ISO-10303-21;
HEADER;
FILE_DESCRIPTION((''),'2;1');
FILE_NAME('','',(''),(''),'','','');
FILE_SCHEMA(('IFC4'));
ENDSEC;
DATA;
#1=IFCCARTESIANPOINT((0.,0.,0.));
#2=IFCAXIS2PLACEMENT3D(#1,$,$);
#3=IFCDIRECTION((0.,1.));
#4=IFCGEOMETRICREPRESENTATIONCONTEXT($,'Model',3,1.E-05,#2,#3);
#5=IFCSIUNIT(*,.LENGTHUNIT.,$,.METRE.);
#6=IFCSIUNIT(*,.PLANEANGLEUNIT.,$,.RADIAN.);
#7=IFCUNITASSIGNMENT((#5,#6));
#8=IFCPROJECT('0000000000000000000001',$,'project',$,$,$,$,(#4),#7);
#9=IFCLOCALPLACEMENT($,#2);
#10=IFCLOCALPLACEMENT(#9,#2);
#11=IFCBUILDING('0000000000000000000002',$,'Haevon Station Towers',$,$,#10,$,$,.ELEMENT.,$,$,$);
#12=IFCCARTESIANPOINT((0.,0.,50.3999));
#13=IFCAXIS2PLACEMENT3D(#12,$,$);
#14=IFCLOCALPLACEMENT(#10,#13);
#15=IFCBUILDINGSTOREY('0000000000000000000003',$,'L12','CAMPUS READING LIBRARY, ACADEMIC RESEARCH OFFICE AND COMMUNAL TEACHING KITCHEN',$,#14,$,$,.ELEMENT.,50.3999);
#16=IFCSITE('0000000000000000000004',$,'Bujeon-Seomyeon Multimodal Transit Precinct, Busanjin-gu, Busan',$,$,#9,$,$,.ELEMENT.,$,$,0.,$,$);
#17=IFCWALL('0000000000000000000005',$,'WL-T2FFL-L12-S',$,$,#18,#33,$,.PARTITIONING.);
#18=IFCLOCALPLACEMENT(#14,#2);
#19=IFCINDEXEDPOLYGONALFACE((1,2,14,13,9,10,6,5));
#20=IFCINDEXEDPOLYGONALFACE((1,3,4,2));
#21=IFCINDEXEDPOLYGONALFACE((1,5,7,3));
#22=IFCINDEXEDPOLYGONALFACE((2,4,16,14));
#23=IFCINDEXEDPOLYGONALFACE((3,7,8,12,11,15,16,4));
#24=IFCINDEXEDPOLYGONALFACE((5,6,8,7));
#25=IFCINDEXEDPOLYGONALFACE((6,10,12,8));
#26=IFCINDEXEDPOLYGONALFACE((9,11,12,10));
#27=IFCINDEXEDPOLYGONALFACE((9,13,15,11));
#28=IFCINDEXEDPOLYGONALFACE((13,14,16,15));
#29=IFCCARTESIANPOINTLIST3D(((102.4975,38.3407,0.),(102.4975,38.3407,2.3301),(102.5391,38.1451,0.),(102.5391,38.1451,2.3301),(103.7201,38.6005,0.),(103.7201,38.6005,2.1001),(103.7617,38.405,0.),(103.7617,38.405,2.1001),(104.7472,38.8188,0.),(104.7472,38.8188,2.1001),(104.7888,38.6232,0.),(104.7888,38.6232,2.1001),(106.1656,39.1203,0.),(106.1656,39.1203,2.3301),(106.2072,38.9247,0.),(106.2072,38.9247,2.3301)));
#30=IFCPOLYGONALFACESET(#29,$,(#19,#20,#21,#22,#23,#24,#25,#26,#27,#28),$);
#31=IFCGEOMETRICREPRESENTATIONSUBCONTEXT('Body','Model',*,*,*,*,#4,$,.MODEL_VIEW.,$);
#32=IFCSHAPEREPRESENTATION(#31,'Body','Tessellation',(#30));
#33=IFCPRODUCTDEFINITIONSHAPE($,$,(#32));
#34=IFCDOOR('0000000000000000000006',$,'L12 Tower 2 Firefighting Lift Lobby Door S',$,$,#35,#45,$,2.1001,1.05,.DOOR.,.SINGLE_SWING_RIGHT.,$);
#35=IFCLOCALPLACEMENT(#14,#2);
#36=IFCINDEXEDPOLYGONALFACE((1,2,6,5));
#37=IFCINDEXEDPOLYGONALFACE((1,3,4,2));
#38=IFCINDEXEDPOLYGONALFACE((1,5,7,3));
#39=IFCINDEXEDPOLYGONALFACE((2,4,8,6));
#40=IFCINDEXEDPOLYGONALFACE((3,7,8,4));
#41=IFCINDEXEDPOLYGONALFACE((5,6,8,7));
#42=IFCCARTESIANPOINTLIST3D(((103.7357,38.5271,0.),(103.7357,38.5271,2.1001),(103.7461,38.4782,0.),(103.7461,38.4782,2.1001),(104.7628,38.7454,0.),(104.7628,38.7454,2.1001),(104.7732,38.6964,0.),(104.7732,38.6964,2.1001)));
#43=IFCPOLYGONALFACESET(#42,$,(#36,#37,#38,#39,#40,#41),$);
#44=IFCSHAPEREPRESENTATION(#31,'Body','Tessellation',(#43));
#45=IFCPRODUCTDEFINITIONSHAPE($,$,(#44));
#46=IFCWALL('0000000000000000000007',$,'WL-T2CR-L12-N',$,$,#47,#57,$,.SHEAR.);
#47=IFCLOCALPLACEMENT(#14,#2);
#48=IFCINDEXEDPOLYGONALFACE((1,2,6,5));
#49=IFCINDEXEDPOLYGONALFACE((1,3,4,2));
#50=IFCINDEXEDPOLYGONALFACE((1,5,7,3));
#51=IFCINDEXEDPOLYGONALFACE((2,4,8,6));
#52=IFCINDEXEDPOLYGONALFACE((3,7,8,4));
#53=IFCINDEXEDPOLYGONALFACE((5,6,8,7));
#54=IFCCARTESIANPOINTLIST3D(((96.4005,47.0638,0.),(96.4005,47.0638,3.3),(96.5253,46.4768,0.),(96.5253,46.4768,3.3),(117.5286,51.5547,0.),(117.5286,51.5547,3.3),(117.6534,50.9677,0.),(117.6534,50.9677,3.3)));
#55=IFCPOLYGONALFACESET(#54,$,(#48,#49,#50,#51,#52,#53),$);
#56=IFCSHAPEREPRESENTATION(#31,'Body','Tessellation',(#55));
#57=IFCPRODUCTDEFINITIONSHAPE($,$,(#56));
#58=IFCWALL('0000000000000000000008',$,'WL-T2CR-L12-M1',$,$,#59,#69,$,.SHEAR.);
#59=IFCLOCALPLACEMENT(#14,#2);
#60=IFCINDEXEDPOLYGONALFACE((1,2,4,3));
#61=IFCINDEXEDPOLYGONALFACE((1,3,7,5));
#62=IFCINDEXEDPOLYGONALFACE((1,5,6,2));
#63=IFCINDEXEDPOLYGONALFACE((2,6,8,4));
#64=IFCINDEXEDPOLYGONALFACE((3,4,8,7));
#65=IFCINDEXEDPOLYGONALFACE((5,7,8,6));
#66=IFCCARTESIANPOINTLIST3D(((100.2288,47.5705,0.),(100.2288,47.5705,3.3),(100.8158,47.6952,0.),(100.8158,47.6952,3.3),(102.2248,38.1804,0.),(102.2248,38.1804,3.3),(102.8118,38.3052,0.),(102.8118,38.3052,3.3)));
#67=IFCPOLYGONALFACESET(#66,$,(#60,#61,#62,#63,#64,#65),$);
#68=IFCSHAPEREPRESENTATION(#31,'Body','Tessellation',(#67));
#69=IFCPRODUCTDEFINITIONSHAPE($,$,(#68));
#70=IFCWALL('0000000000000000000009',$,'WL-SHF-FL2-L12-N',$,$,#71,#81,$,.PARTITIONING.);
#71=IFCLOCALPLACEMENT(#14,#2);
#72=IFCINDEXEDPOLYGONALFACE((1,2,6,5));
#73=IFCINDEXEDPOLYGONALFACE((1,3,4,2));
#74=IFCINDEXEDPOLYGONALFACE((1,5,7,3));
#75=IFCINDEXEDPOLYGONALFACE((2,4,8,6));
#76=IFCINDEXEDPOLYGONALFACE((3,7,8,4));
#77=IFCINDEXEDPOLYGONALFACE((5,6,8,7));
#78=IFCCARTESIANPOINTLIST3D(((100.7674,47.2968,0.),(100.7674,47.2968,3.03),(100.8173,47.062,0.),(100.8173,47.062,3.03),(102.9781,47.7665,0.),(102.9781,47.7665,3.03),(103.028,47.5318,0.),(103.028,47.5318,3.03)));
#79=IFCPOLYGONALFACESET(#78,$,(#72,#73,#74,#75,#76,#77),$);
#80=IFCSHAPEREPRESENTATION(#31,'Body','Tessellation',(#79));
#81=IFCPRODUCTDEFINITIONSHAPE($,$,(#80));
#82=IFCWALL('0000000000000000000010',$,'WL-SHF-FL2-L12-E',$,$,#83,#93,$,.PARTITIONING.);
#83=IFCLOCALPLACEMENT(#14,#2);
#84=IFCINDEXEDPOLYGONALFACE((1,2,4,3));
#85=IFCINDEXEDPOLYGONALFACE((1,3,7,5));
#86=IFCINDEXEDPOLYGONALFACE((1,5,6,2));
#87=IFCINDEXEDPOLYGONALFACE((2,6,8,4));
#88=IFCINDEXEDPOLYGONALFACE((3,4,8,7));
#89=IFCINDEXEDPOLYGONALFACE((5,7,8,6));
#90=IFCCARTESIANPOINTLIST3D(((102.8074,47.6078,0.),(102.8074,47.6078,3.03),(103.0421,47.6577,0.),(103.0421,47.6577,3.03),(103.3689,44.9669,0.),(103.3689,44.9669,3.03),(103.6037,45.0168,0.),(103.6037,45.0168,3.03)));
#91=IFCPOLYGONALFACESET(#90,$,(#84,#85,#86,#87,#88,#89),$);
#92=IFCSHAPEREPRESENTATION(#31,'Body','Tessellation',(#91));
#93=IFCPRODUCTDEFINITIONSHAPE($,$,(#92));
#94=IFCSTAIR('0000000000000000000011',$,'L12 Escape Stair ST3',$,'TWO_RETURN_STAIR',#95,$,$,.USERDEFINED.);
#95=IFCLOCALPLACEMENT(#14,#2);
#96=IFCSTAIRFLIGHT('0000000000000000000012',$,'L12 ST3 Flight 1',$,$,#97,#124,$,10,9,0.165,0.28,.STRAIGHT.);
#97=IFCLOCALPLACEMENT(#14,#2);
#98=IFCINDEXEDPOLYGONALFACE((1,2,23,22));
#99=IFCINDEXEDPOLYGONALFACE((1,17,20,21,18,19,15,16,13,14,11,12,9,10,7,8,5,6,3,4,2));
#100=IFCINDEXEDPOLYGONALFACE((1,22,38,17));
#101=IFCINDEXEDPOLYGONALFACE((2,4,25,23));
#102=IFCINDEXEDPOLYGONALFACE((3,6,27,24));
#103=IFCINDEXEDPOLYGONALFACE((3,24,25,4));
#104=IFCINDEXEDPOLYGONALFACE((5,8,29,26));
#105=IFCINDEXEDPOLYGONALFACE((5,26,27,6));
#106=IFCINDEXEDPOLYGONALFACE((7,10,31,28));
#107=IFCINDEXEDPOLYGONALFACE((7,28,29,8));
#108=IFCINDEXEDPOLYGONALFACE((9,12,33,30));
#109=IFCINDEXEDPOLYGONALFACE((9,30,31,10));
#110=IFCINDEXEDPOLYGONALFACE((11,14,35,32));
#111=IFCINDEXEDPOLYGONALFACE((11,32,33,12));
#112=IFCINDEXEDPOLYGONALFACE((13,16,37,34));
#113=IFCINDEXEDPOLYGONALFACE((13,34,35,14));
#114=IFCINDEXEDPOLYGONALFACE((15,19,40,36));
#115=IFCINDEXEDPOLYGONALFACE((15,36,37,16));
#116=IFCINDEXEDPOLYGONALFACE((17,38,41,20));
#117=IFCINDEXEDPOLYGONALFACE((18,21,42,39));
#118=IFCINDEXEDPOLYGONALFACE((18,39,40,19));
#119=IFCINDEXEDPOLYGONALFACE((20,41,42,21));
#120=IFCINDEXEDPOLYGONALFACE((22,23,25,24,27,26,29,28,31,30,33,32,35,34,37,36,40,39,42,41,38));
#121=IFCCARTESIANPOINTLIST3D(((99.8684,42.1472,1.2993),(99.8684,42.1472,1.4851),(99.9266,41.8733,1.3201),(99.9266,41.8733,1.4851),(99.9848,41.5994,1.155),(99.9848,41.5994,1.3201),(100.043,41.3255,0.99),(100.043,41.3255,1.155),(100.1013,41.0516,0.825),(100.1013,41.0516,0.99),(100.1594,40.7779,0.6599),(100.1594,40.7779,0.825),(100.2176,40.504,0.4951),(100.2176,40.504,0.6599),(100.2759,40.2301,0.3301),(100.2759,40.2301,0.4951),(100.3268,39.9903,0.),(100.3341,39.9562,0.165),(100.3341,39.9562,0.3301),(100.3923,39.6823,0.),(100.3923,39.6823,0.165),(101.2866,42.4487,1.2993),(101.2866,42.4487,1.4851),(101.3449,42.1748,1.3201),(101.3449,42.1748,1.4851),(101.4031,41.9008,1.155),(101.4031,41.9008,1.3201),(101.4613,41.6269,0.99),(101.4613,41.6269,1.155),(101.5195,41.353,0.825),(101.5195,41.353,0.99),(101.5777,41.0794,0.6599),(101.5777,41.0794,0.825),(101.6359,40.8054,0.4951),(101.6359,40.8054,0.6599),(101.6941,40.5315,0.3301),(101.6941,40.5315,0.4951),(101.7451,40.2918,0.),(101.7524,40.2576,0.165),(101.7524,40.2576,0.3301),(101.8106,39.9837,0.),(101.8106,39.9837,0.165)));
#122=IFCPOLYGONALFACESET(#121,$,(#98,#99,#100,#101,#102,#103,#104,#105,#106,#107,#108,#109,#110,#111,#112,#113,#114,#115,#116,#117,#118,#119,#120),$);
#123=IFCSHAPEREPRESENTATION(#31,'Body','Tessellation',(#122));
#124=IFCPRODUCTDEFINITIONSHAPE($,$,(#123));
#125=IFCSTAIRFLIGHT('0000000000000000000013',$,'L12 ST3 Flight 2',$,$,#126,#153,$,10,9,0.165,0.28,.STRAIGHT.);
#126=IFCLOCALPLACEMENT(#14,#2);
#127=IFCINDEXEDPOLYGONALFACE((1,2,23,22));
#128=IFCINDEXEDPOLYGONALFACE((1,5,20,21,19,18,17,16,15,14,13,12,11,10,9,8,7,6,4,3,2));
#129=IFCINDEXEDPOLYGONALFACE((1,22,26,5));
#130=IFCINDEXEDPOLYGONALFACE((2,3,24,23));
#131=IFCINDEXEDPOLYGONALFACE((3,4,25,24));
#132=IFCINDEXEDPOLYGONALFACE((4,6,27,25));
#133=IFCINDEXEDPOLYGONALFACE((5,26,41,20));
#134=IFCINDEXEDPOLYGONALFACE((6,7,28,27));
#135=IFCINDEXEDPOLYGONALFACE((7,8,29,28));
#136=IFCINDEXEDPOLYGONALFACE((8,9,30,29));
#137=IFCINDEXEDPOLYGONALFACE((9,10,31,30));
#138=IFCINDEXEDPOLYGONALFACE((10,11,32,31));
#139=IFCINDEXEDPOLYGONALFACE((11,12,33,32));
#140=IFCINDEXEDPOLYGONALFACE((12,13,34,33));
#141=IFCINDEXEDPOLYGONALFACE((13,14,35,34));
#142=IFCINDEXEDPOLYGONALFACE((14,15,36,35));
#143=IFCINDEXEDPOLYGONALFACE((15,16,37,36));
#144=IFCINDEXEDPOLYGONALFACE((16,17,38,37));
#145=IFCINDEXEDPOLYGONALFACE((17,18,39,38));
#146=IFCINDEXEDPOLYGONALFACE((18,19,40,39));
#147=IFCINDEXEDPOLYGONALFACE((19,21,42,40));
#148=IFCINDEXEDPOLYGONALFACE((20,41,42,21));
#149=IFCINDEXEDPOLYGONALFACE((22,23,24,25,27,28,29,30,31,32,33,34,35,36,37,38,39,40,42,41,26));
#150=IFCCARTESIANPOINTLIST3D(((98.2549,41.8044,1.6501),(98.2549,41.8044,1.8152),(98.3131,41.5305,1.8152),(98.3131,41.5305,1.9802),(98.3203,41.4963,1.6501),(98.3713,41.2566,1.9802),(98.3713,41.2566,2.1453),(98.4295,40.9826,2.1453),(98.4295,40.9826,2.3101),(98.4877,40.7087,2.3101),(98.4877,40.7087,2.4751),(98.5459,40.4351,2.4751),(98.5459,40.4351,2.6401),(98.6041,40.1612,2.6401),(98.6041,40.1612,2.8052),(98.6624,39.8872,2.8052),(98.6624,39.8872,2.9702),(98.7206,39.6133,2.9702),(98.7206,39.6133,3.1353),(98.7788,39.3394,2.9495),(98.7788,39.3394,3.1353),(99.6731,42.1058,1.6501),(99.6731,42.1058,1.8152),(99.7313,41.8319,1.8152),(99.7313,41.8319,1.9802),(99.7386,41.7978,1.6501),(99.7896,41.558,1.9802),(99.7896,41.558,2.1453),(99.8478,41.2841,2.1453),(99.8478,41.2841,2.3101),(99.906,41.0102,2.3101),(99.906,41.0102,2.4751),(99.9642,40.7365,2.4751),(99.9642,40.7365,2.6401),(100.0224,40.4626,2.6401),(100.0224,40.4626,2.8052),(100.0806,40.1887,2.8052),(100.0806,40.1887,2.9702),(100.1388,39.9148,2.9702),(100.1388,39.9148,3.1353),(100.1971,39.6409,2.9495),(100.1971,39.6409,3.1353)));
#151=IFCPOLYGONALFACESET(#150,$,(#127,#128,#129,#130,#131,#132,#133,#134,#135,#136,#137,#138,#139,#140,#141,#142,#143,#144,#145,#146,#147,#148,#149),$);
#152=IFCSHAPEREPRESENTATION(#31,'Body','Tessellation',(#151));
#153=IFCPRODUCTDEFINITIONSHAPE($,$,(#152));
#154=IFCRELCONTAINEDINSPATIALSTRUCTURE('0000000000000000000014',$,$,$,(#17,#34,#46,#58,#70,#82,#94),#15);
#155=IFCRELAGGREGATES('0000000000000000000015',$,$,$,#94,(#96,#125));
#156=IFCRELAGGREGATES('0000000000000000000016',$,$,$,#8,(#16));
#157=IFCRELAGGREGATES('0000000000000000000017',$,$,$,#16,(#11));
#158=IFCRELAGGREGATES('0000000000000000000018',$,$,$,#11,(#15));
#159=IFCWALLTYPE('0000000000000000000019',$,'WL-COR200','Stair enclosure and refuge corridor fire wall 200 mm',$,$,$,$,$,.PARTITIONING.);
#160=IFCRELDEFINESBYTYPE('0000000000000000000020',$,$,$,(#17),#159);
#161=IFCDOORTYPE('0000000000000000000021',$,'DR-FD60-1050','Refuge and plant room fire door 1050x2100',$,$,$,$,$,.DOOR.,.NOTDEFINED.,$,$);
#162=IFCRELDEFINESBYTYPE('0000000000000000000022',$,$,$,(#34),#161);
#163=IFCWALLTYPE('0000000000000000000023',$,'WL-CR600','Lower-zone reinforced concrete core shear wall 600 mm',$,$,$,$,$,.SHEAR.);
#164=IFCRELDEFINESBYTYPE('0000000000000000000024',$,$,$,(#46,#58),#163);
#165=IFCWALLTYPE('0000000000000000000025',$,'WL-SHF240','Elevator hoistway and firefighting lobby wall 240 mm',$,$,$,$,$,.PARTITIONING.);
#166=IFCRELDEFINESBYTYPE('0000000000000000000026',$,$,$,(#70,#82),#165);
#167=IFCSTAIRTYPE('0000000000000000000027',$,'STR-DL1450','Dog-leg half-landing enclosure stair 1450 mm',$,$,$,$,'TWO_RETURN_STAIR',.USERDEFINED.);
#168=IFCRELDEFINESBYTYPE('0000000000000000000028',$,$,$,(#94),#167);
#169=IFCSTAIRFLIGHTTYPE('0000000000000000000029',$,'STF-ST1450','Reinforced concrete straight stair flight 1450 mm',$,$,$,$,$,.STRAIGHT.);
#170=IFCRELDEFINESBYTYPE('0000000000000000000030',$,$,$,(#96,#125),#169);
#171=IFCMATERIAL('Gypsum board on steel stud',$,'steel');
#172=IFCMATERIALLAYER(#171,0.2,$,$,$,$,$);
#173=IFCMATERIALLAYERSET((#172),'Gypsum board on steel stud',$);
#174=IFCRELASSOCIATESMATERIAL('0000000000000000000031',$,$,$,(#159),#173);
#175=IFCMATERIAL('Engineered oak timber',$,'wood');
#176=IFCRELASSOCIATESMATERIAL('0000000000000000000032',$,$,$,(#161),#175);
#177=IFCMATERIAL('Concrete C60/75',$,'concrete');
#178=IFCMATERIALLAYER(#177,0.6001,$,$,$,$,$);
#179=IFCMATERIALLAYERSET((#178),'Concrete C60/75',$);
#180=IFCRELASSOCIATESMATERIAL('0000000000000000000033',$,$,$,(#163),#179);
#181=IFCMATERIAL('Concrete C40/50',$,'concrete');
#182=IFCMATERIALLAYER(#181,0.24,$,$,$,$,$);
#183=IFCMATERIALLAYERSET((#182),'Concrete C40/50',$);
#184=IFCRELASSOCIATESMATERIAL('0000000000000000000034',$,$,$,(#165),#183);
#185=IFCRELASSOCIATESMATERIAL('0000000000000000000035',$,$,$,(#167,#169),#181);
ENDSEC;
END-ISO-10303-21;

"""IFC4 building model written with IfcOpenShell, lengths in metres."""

from ifc_helpers import new_model, si_unit, direction, frame, frame_2d, origin, place, context, subcontext, project, spatial, polyline, rectangle, outline, extrude, material, layer, layer_set, type_object, element, fill, aggregate, save


model = new_model("IFC4")

# Units and contexts
model_context = context("Model", 3, precision=1e-05, world=origin(), true_north=direction((0.0, 1.0)))
body_context = subcontext(model_context, "Body", "Model", "MODEL_VIEW")
ifc_project = project(units=[si_unit("LENGTHUNIT", "METRE"), si_unit("PLANEANGLEUNIT", "RADIAN")], contexts=[model_context])

# Site, building, storey
site_placement = place(None, origin())
site = spatial("IfcSite", under=ifc_project, at=site_placement, Name="Bujeon-Seomyeon Multimodal Transit Precinct, Busanjin-gu, Busan", CompositionType="ELEMENT", RefElevation=0.0)
building_placement = place(site_placement, origin())
building = spatial("IfcBuilding", under=site, at=building_placement, Name="Haevon Station Towers", CompositionType="ELEMENT")
storey_placement = place(building_placement, frame((0.0, 0.0, 50.3999)))
storey = spatial("IfcBuildingStorey", under=building, at=storey_placement, Name="L12", Description="CAMPUS READING LIBRARY, ACADEMIC RESEARCH OFFICE AND COMMUNAL TEACHING KITCHEN", CompositionType="ELEMENT", Elevation=50.3999)

# Wall, opening, door
ifc_material_1 = material(Name="Gypsum board on steel stud", Category="steel")
ifc_layer_1 = layer(ifc_material_1, 0.2)
ifc_layer_set_1 = layer_set([ifc_layer_1], Name="Gypsum board on steel stud")
wall_type_1 = type_object("IfcWallType", Name="WL-COR200", Description="Stair enclosure and refuge corridor fire wall 200 mm", PredefinedType="PARTITIONING", material=ifc_layer_set_1)
ifc_material_2 = material(Name="Engineered oak timber", Category="wood")
wall_1_placement = place(storey_placement, frame((102.5183, 38.2429, 0.0), z_axis=(0.0, 0.0, 1.0), x_axis=(0.978154, 0.207884, 0.0)))
wall_1 = element("IfcWall", 1, at=wall_1_placement, inside=storey, type_object=wall_type_1, Name="WL-T2FFL-L12-S", PredefinedType="PARTITIONING", context=body_context, shape_type="SweptSolid", body=[
    extrude(rectangle(XDim=3.75, YDim=0.2, at=frame_2d((1.875, 0.0))), origin(), (0.0, 0.0, 1.0), 2.3301),
])
opening_1_placement = place(wall_1_placement, frame((1.25, 0.0, 0.0)))
opening_1 = element("IfcOpeningElement", 2, at=opening_1_placement, cuts=wall_1, PredefinedType="OPENING", context=body_context, shape_type="SweptSolid", body=[
    extrude(rectangle(XDim=1.05, YDim=2.1001, at=frame_2d((0.5249, 1.05))), frame((0.0, 0.1099, 0.0), z_axis=(0.0, -1.0, 0.0), x_axis=(1.0, 0.0, 0.0)), (0.0, 0.0, 1.0), 0.22),
])
door_type_1 = type_object("IfcDoorType", Name="DR-FD60-1050", Description="Refuge and plant room fire door 1050x2100", OperationType="NOTDEFINED", PredefinedType="DOOR", material=ifc_material_2)
door_1_placement = place(opening_1_placement, origin())
door_1 = element("IfcDoor", 3, at=door_1_placement, inside=storey, type_object=door_type_1, Name="L12 Tower 2 Firefighting Lift Lobby Door S", OperationType="SINGLE_SWING_RIGHT", OverallHeight=2.1001, OverallWidth=1.05, PredefinedType="DOOR", context=body_context, shape_type="SweptSolid", body=[
    extrude(rectangle(XDim=1.05, YDim=2.1001, at=frame_2d((0.5249, 1.05))), frame((0.0, 0.0249, 0.0), z_axis=(0.0, -1.0, 0.0), x_axis=(1.0, 0.0, 0.0)), (0.0, 0.0, 1.0), 0.05),
])
fill(opening_1, door_1)

# Walls
ifc_material_3 = material(Name="Concrete C60/75", Category="concrete")
ifc_layer_2 = layer(ifc_material_3, 0.6001)
ifc_layer_set_2 = layer_set([ifc_layer_2], Name="Concrete C60/75")
wall_type_2 = type_object("IfcWallType", Name="WL-CR600", Description="Lower-zone reinforced concrete core shear wall 600 mm", PredefinedType="SHEAR", material=ifc_layer_set_2)
wall_2_placement = place(storey_placement, frame((96.4629, 46.7703, 0.0), z_axis=(0.0, 0.0, 1.0), x_axis=(0.978147, 0.207913, 0.0)))
element("IfcWall", 4, at=wall_2_placement, inside=storey, type_object=wall_type_2, Name="WL-T2CR-L12-N", PredefinedType="SHEAR", context=body_context, shape_type="SweptSolid", body=[
    extrude(rectangle(XDim=21.6001, YDim=0.6001, at=frame_2d((10.8, 0.0))), origin(), (0.0, 0.0, 1.0), 3.3),
])
wall_3_placement = place(storey_placement, frame((102.5183, 38.2429, 0.0), z_axis=(0.0, 0.0, 1.0), x_axis=(-0.207927, 0.978144, 0.0)))
element("IfcWall", 5, at=wall_3_placement, inside=storey, type_object=wall_type_2, Name="WL-T2CR-L12-M1", PredefinedType="SHEAR", context=body_context, shape_type="SweptSolid", body=[
    extrude(rectangle(XDim=9.5999, YDim=0.6001, at=frame_2d((4.7998, 0.0))), origin(), (0.0, 0.0, 1.0), 3.3),
])

# Shared definitions
ifc_material_4 = material(Name="Concrete C40/50", Category="concrete")
ifc_layer_3 = layer(ifc_material_4, 0.24)
ifc_layer_set_3 = layer_set([ifc_layer_3], Name="Concrete C40/50")
wall_type_3 = type_object("IfcWallType", Name="WL-SHF240", Description="Elevator hoistway and firefighting lobby wall 240 mm", PredefinedType="PARTITIONING", material=ifc_layer_set_3)

# Walls
wall_4_placement = place(storey_placement, frame((100.7925, 47.1794, 0.0), z_axis=(0.0, 0.0, 1.0), x_axis=(0.978163, 0.207839, 0.0)))
element("IfcWall", 6, at=wall_4_placement, inside=storey, type_object=wall_type_3, Name="WL-SHF-FL2-L12-N", PredefinedType="PARTITIONING", context=body_context, shape_type="SweptSolid", body=[
    extrude(rectangle(XDim=2.26, YDim=0.24, at=frame_2d((1.1299, 0.0))), origin(), (0.0, 0.0, 1.0), 3.03),
])
wall_5_placement = place(storey_placement, frame((103.4863, 44.9917, 0.0), z_axis=(0.0, 0.0, 1.0), x_axis=(-0.207979, 0.978133, 0.0)))
element("IfcWall", 7, at=wall_5_placement, inside=storey, type_object=wall_type_3, Name="WL-SHF-FL2-L12-E", PredefinedType="PARTITIONING", context=body_context, shape_type="SweptSolid", body=[
    extrude(rectangle(XDim=2.7, YDim=0.24, at=frame_2d((1.3501, 0.0))), origin(), (0.0, 0.0, 1.0), 3.03),
])

# Stair, stair flights
stair_type = type_object("IfcStairType", Name="STR-DL1450", Description="Dog-leg half-landing enclosure stair 1450 mm", ElementType="TWO_RETURN_STAIR", PredefinedType="USERDEFINED", material=ifc_material_4)
stair_placement = place(storey_placement, origin())
stair = element("IfcStair", 8, at=stair_placement, inside=storey, type_object=stair_type, Name="L12 Escape Stair ST3", ObjectType="TWO_RETURN_STAIR", PredefinedType="USERDEFINED")
stair_flight_type = type_object("IfcStairFlightType", Name="STF-ST1450", Description="Reinforced concrete straight stair flight 1450 mm", PredefinedType="STRAIGHT", material=ifc_material_4)
stair_flight_1_placement = place(storey_placement, frame((101.1016, 39.833, 0.0), z_axis=(0.0, 0.0, 1.0), x_axis=(-0.207912, 0.978148, 0.0)))
stair_flight_1 = element("IfcStairFlight", 9, at=stair_flight_1_placement, type_object=stair_flight_type, Name="L12 ST3 Flight 1", NumberOfRisers=10, NumberOfTreads=9, PredefinedType="STRAIGHT", RiserHeight=0.165, TreadLength=0.28, context=body_context, shape_type="SweptSolid", body=[
    extrude(outline(polyline([(0.0, 0.0), (0.0, 0.165), (0.28, 0.165), (0.28, 0.3301), (0.5601, 0.3301), (0.5601, 0.4951), (0.8401, 0.4951), (0.8401, 0.6599), (1.1201, 0.6599), (1.1201, 0.825), (1.3999, 0.825), (1.3999, 0.99), (1.6799, 0.99), (1.6799, 1.155), (1.96, 1.155), (1.96, 1.3201), (2.24, 1.3201), (2.24, 1.4851), (2.52, 1.4851), (2.52, 1.6499), (2.52, 1.2993), (0.3149, 0.0), (0.0, 0.0)])), frame((0.0, 0.7251, 0.0), z_axis=(0.0, -1.0, 0.0), x_axis=(1.0, 0.0, 0.0)), (0.0, 0.0, 1.0), 1.45),
])
stair_flight_2_placement = place(storey_placement, frame((98.9639, 41.9551, 1.6501), z_axis=(0.0, 0.0, 1.0), x_axis=(0.207912, -0.978148, 0.0)))
stair_flight_2 = element("IfcStairFlight", 10, at=stair_flight_2_placement, type_object=stair_flight_type, Name="L12 ST3 Flight 2", NumberOfRisers=10, NumberOfTreads=9, PredefinedType="STRAIGHT", RiserHeight=0.165, TreadLength=0.28, context=body_context, shape_type="SweptSolid", body=[
    extrude(outline(polyline([(0.0, 0.0), (0.0, 0.165), (0.28, 0.165), (0.28, 0.3301), (0.5601, 0.3301), (0.5601, 0.4951), (0.8401, 0.4951), (0.8401, 0.6599), (1.1201, 0.6599), (1.1201, 0.825), (1.3999, 0.825), (1.3999, 0.99), (1.6799, 0.99), (1.6799, 1.155), (1.96, 1.155), (1.96, 1.3201), (2.24, 1.3201), (2.24, 1.4851), (2.52, 1.4851), (2.52, 1.6499), (2.52, 1.2993), (0.3149, 0.0), (0.0, 0.0)])), frame((0.0, 0.7251, 0.0), z_axis=(0.0, -1.0, 0.0), x_axis=(1.0, 0.0, 0.0)), (0.0, 0.0, 1.0), 1.45),
])
aggregate(stair, [stair_flight_1, stair_flight_2])

save(model, "model.ifc")
